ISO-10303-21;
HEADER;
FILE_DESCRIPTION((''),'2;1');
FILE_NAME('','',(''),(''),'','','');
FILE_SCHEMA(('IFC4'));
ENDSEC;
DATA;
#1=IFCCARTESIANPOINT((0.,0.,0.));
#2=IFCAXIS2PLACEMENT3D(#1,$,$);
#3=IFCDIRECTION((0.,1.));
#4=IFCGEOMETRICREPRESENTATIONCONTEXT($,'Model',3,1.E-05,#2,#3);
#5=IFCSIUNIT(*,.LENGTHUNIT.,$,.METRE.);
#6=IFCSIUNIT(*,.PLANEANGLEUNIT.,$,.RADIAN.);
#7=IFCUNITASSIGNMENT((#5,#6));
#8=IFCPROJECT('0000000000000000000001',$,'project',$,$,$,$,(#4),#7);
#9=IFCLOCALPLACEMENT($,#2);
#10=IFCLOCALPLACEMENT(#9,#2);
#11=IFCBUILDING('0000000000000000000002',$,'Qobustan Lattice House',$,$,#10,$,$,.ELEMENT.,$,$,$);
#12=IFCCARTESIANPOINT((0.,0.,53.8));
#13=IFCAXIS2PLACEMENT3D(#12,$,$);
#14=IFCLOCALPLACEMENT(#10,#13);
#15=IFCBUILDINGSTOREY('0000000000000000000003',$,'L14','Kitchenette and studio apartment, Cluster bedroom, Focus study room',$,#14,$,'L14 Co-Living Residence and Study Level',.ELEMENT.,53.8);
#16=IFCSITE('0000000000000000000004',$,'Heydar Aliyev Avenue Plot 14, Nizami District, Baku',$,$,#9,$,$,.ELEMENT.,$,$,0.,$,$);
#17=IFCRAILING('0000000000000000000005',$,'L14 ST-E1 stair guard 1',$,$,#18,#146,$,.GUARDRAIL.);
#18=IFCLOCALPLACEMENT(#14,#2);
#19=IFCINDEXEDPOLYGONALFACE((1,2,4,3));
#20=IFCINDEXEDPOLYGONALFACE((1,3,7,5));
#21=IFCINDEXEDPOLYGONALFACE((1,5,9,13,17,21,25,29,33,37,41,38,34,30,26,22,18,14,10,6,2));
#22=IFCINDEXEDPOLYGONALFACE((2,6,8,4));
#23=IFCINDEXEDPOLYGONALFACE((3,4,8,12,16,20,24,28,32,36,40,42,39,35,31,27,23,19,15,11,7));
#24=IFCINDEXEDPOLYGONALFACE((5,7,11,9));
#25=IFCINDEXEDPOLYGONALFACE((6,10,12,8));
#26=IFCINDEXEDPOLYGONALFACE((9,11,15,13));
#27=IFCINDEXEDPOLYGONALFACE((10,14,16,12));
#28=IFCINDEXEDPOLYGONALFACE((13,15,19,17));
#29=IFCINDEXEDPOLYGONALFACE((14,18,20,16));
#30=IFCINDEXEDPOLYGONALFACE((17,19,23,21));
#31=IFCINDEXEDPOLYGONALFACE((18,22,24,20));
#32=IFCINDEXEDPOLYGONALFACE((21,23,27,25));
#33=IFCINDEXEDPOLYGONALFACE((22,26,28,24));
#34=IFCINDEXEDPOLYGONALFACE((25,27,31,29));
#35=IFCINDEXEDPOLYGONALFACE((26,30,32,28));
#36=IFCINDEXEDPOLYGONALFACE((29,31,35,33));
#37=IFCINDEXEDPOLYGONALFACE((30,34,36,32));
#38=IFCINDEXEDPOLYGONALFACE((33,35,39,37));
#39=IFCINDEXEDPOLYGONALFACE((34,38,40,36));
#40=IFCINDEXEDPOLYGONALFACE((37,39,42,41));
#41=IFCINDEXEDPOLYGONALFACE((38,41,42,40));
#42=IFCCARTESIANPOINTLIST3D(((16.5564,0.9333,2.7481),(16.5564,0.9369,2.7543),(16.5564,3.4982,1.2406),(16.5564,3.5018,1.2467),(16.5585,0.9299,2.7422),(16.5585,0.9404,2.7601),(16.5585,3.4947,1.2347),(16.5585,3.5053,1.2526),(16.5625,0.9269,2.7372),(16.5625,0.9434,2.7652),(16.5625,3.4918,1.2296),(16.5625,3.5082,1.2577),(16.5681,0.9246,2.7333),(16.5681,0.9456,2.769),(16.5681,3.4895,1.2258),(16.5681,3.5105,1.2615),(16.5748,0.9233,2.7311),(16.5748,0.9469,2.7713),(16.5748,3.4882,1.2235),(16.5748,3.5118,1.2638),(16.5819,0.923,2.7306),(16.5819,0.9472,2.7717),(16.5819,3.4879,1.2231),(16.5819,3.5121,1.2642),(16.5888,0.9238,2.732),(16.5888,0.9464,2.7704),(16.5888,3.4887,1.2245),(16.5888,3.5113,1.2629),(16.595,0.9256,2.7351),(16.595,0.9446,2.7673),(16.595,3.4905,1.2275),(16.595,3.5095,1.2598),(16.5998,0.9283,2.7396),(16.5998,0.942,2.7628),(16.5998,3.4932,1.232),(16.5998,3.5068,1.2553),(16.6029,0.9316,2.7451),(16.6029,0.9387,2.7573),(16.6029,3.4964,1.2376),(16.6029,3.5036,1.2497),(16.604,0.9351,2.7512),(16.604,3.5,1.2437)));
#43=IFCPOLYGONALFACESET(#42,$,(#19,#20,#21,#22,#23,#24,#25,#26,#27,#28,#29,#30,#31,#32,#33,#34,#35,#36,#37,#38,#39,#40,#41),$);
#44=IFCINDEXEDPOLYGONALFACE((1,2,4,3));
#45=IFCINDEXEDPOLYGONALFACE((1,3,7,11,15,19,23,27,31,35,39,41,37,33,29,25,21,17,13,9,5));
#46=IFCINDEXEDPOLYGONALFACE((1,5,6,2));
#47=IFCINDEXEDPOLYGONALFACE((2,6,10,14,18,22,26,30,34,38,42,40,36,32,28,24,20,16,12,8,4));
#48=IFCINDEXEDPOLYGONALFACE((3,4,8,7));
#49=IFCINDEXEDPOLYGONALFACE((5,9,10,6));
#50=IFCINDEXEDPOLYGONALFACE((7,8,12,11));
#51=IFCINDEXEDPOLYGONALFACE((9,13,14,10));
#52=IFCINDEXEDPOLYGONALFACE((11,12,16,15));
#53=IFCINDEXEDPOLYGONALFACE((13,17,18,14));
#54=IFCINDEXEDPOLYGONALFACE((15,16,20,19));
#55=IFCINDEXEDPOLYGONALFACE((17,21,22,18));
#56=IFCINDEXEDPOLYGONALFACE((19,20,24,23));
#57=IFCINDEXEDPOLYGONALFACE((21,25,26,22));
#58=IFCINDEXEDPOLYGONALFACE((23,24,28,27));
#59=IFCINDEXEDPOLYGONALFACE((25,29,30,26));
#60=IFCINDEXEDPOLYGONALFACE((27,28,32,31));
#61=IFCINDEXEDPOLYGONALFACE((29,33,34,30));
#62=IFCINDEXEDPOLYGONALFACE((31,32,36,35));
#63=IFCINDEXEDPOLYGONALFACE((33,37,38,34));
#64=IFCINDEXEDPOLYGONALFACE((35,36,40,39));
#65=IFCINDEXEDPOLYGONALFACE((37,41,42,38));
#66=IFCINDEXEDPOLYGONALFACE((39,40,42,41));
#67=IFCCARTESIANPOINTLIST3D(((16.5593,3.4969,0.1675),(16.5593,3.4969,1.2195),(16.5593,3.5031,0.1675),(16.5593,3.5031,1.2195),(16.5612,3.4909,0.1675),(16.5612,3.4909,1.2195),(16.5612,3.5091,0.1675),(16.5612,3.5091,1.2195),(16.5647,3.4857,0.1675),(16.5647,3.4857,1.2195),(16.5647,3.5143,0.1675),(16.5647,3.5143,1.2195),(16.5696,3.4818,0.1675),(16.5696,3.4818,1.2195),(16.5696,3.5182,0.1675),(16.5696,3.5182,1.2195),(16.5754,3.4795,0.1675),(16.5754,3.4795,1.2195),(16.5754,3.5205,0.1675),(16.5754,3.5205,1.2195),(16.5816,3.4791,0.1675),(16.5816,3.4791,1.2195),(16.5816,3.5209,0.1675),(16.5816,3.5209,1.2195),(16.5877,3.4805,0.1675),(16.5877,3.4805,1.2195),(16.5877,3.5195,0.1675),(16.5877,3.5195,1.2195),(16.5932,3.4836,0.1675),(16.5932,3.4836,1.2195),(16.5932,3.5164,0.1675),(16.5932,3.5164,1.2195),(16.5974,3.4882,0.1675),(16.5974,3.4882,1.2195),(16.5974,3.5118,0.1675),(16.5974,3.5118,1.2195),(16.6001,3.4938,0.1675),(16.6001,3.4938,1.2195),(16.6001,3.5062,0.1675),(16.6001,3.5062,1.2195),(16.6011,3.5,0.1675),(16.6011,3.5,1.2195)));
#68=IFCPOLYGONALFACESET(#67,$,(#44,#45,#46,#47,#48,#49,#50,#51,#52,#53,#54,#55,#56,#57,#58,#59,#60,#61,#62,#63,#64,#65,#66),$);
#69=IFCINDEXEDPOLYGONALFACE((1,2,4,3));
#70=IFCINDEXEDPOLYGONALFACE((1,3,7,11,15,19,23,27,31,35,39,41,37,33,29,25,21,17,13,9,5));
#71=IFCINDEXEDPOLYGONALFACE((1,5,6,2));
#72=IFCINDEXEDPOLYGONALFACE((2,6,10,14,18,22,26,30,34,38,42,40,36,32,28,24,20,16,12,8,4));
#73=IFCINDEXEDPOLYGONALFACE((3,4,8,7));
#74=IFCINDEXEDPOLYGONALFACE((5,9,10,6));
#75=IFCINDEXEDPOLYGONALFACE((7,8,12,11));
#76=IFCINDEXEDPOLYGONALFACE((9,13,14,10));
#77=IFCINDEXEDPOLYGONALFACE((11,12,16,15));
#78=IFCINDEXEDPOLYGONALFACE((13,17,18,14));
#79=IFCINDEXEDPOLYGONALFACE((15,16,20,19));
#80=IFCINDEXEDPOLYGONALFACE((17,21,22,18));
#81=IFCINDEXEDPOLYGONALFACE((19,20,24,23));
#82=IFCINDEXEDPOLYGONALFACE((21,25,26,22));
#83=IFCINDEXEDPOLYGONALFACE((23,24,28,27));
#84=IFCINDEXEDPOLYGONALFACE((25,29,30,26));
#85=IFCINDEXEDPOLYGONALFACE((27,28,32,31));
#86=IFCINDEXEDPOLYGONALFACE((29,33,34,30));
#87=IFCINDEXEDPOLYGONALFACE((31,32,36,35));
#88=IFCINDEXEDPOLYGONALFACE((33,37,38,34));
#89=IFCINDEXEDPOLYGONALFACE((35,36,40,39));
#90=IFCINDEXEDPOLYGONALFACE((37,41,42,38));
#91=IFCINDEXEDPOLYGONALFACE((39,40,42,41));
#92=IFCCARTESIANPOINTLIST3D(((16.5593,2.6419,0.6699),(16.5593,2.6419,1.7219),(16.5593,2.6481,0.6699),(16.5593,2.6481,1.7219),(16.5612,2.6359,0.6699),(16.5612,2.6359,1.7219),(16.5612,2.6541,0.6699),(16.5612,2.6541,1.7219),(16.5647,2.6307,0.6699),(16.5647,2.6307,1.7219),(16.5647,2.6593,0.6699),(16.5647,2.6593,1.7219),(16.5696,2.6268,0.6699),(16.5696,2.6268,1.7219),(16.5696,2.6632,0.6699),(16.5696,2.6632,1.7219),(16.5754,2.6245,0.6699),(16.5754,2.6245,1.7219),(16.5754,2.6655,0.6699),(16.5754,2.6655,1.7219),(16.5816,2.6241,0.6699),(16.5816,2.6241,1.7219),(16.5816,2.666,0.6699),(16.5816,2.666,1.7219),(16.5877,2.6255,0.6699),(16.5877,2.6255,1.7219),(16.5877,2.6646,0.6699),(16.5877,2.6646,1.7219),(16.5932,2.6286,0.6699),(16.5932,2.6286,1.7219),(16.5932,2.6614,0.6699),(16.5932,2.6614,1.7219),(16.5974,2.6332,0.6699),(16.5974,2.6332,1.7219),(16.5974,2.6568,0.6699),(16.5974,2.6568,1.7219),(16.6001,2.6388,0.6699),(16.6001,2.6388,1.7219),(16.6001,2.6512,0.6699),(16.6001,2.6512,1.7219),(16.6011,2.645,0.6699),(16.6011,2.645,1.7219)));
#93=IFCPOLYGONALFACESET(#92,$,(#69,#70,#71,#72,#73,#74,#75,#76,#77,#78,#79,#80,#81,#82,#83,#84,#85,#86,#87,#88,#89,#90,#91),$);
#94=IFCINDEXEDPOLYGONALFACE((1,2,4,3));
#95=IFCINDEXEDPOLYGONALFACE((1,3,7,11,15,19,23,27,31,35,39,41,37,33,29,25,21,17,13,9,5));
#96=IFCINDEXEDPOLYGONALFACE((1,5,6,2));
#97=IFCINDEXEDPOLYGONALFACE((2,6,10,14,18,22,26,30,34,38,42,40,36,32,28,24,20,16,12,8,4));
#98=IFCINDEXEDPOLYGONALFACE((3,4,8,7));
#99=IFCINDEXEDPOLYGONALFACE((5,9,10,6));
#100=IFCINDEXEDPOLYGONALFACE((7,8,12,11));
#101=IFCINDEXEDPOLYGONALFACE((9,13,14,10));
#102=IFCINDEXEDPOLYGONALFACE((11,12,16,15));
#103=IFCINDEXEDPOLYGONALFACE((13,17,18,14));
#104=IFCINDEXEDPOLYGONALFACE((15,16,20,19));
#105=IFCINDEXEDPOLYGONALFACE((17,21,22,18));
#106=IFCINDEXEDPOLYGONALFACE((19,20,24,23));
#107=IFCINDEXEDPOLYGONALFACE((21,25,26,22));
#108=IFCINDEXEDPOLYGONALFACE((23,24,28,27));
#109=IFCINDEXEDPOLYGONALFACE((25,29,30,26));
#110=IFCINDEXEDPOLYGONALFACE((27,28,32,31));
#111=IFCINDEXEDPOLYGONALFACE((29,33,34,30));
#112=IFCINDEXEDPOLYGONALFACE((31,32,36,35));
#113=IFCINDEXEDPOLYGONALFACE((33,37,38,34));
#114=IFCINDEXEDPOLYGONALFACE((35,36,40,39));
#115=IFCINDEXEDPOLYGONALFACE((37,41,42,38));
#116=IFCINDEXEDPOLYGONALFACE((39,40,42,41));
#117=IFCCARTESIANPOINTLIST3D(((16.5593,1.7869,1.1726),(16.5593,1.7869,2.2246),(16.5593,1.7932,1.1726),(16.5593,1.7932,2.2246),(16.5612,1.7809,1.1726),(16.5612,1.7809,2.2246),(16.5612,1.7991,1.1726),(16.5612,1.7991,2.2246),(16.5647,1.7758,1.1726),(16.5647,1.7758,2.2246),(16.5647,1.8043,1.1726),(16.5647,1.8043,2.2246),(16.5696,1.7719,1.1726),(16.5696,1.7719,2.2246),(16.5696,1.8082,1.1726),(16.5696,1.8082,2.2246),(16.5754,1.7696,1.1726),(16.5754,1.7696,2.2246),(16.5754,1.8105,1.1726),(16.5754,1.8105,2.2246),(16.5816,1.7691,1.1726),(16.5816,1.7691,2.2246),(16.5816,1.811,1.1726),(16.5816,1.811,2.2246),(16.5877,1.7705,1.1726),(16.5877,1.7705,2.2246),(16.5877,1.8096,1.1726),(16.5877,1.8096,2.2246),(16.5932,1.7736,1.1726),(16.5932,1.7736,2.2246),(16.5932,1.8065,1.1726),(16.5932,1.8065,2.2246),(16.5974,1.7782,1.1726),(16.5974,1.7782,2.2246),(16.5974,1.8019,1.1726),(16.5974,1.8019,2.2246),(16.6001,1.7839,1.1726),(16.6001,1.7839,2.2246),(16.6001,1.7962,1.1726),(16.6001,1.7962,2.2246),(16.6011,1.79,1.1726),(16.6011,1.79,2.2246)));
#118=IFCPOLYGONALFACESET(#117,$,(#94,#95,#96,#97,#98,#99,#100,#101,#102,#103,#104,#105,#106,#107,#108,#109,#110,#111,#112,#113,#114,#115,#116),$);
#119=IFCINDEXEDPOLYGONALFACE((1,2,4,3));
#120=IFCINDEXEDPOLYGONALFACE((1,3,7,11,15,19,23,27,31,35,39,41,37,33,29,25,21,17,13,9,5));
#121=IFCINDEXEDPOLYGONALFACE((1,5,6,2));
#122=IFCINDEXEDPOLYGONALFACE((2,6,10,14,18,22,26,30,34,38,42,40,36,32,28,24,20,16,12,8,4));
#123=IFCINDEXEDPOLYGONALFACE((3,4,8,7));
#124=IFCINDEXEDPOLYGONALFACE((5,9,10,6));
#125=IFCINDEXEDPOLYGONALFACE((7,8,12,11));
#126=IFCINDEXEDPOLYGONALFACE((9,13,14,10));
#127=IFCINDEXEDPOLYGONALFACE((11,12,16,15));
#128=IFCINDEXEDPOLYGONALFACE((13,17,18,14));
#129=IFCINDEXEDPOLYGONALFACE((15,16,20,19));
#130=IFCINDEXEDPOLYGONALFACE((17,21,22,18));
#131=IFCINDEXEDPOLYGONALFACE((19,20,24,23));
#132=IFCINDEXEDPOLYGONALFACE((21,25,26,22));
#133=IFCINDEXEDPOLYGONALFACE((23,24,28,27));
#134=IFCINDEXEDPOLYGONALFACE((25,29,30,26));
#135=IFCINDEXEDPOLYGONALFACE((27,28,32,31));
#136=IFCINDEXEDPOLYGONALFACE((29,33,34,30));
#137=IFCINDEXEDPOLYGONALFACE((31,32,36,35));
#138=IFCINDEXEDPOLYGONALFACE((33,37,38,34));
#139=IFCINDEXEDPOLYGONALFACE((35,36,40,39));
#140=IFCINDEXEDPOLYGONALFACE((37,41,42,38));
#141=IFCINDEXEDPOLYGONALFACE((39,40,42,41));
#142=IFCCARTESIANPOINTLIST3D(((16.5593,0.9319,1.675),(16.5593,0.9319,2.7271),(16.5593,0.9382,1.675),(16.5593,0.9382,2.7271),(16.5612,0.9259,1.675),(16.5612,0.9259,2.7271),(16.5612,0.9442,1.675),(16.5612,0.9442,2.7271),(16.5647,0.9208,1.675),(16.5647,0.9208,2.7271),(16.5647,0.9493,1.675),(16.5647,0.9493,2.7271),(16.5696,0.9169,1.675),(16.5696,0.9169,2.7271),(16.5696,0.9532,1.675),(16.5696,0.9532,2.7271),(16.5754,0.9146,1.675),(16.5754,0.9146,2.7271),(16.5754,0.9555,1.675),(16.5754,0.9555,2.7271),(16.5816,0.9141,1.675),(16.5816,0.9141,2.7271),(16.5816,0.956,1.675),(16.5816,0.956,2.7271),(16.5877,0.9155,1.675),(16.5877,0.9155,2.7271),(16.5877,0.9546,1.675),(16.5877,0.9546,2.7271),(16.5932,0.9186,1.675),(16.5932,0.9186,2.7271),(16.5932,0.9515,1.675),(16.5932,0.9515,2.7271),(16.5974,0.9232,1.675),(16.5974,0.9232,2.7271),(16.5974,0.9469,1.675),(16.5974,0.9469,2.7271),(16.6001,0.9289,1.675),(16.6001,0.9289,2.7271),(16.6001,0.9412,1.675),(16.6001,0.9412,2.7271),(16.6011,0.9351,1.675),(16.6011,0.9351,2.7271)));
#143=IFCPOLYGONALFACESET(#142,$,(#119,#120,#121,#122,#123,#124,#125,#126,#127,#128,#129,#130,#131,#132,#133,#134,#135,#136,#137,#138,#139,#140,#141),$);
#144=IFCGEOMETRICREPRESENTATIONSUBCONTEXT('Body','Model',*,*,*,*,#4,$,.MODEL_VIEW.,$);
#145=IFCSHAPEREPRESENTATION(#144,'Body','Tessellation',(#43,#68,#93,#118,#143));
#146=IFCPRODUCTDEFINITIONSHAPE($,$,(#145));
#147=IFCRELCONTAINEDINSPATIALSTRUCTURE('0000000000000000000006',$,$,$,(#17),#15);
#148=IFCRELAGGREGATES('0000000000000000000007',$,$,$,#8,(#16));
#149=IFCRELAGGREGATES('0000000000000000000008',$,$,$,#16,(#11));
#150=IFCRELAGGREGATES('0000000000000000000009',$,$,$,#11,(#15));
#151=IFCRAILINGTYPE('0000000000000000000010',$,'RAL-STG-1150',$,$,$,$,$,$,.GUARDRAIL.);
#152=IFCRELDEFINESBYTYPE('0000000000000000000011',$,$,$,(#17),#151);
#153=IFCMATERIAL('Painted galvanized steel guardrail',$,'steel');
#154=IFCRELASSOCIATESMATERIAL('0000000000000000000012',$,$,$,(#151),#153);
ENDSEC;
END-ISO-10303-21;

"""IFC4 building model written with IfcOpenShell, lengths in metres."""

from ifc_helpers import new_model, si_unit, direction, frame, origin, origin_2d, place, context, subcontext, project, spatial, circle, extrude, material, type_object, element, save


model = new_model("IFC4")

# Units and contexts
model_context = context("Model", 3, precision=1e-05, world=origin(), true_north=direction((0.0, 1.0)))
body_context = subcontext(model_context, "Body", "Model", "MODEL_VIEW")
ifc_project = project(units=[si_unit("LENGTHUNIT", "METRE"), si_unit("PLANEANGLEUNIT", "RADIAN")], contexts=[model_context])

# Site, building, storey
site_placement = place(None, origin())
site = spatial("IfcSite", under=ifc_project, at=site_placement, Name="Heydar Aliyev Avenue Plot 14, Nizami District, Baku", CompositionType="ELEMENT", RefElevation=0.0)
building_placement = place(site_placement, origin())
building = spatial("IfcBuilding", under=site, at=building_placement, Name="Qobustan Lattice House", CompositionType="ELEMENT")
storey_placement = place(building_placement, frame((0.0, 0.0, 53.8)))
storey = spatial("IfcBuildingStorey", under=building, at=storey_placement, Name="L14", Description="Kitchenette and studio apartment, Cluster bedroom, Focus study room", LongName="L14 Co-Living Residence and Study Level", CompositionType="ELEMENT", Elevation=53.8)

# Railing
ifc_material_1 = material(Name="Painted galvanized steel guardrail", Category="steel")
railing_type_1 = type_object("IfcRailingType", Name="RAL-STG-1150", PredefinedType="GUARDRAIL", material=ifc_material_1)
railing_1_placement = place(storey_placement, frame((16.5801, 3.5, 0.1675)))
element("IfcRailing", 1, at=railing_1_placement, inside=storey, type_object=railing_type_1, Name="L14 ST-E1 stair guard 1", PredefinedType="GUARDRAIL", context=body_context, shape_type="SweptSolid", body=[
    extrude(circle(Radius=0.0239, at=origin_2d()), frame((0.0, 0.0, 1.0762), z_axis=(0.0, -0.862113, 0.506715), x_axis=(1.0, 0.0, 0.0)), (0.0, 0.0, 1.0), 2.9751),
    extrude(circle(Radius=0.021, at=origin_2d()), origin(), (0.0, 0.0, 1.0), 1.052),
    extrude(circle(Radius=0.021, at=origin_2d()), frame((0.0, -0.855, 0.5024)), (0.0, 0.0, 1.0), 1.052),
    extrude(circle(Radius=0.021, at=origin_2d()), frame((0.0, -1.71, 1.0051)), (0.0, 0.0, 1.0), 1.052),
    extrude(circle(Radius=0.021, at=origin_2d()), frame((0.0, -2.5649, 1.5076)), (0.0, 0.0, 1.0), 1.052),
])

save(model, "model.ifc")
